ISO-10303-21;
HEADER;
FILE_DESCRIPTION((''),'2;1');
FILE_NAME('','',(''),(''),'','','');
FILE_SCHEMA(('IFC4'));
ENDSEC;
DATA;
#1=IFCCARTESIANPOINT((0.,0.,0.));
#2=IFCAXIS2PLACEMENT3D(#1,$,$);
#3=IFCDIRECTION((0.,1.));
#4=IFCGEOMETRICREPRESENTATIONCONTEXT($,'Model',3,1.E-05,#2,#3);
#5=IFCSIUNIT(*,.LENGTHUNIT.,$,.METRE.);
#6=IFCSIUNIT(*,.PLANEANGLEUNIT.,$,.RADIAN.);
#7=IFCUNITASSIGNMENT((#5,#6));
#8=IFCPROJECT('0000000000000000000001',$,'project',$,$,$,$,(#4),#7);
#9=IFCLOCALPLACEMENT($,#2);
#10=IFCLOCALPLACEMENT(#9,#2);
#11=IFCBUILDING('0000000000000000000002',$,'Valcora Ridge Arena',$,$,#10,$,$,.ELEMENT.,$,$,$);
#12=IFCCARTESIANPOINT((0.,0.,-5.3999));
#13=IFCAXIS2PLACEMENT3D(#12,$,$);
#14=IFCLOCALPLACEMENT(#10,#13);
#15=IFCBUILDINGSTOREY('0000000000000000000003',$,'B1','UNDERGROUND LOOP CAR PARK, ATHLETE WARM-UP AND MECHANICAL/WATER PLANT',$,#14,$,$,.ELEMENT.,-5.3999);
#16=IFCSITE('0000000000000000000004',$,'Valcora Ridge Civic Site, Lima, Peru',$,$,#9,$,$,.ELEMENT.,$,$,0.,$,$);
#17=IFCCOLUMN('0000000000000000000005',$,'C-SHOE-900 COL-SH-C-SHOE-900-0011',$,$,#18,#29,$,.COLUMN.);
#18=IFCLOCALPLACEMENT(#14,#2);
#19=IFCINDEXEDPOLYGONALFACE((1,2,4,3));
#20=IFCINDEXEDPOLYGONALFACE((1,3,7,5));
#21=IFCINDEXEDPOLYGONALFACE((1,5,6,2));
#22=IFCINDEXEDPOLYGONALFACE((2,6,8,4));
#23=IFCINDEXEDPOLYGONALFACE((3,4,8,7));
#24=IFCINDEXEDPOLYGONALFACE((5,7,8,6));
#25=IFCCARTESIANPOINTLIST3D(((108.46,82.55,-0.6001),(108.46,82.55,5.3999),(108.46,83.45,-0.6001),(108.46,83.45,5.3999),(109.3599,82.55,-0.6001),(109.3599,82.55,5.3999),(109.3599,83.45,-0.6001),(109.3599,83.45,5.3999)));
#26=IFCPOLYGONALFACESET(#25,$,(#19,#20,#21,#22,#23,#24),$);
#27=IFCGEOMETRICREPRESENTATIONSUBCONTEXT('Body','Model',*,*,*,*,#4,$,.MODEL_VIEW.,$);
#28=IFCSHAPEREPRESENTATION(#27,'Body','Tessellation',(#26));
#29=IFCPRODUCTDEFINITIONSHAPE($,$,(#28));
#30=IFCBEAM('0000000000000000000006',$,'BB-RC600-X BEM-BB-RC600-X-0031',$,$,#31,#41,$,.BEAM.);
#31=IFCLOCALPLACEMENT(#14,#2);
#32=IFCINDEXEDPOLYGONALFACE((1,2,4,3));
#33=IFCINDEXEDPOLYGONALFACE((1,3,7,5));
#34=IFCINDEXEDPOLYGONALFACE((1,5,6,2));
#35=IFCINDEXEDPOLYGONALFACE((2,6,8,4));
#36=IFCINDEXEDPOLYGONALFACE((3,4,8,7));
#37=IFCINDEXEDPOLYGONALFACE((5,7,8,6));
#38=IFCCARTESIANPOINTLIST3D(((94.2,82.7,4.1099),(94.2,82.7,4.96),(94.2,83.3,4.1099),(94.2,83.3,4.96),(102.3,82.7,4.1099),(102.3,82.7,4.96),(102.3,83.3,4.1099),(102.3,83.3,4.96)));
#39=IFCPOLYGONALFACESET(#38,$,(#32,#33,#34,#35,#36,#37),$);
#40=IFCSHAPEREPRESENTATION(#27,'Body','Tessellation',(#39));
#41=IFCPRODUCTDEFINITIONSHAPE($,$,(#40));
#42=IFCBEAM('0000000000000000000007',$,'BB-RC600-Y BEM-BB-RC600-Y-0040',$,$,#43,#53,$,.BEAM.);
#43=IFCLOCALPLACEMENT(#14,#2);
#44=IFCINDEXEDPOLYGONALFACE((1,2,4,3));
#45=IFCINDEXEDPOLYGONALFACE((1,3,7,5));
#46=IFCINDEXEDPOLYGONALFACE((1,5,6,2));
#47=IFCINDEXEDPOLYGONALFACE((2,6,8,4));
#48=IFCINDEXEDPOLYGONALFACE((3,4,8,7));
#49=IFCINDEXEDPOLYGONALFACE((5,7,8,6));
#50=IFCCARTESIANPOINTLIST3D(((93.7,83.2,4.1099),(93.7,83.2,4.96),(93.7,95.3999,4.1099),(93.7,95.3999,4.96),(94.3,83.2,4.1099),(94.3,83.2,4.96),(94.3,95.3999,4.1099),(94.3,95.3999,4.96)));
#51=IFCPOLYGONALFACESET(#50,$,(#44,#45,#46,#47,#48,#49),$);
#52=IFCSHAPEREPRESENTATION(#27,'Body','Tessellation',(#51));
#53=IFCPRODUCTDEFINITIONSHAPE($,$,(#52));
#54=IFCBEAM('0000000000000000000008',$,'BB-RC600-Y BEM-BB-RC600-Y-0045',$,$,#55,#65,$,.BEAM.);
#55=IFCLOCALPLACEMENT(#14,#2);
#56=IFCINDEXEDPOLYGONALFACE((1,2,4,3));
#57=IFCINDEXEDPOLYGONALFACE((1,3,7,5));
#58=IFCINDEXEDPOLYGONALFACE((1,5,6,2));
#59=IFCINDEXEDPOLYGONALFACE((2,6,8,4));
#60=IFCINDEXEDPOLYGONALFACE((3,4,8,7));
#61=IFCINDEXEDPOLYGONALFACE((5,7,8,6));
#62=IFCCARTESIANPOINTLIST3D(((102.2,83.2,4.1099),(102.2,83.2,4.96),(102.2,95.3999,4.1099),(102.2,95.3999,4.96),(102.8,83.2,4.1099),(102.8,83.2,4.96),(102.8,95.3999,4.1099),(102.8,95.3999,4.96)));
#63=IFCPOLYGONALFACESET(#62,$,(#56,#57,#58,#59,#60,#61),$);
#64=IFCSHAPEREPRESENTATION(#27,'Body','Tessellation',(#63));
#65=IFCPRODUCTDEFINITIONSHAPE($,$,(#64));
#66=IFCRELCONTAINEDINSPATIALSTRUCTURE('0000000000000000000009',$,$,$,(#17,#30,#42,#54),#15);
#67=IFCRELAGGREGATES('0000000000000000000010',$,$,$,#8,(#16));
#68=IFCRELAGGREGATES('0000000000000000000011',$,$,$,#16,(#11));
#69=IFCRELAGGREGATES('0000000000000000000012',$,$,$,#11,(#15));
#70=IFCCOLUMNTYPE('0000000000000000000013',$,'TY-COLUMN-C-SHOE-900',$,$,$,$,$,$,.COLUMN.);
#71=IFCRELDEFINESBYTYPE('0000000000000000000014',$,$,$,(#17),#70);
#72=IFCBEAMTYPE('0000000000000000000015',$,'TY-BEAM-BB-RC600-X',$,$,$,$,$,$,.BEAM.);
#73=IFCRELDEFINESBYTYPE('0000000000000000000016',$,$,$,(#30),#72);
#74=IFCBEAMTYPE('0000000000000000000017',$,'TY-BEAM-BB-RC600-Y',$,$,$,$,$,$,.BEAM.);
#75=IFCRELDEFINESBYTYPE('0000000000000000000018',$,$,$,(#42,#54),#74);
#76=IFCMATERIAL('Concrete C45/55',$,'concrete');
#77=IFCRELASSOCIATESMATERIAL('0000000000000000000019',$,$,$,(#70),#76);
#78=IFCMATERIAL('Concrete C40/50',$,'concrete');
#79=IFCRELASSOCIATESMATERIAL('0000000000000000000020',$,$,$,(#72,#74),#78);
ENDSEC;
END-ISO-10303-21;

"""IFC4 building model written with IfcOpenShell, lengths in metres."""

from ifc_helpers import new_model, si_unit, direction, frame, origin, origin_2d, place, context, subcontext, project, spatial, rectangle, extrude, material, material_profile, profile_set, type_object, element, save


model = new_model("IFC4")

# Units and contexts
model_context = context("Model", 3, precision=1e-05, world=origin(), true_north=direction((0.0, 1.0)))
body_context = subcontext(model_context, "Body", "Model", "MODEL_VIEW")
ifc_project = project(units=[si_unit("LENGTHUNIT", "METRE"), si_unit("PLANEANGLEUNIT", "RADIAN")], contexts=[model_context])

# Site, building, storey
site_placement = place(None, origin())
site = spatial("IfcSite", under=ifc_project, at=site_placement, Name="Valcora Ridge Civic Site, Lima, Peru", CompositionType="ELEMENT", RefElevation=0.0)
building_placement = place(site_placement, origin())
building = spatial("IfcBuilding", under=site, at=building_placement, Name="Valcora Ridge Arena", CompositionType="ELEMENT")
storey_placement = place(building_placement, frame((0.0, 0.0, -5.3999)))
storey = spatial("IfcBuildingStorey", under=building, at=storey_placement, Name="B1", Description="UNDERGROUND LOOP CAR PARK, ATHLETE WARM-UP AND MECHANICAL/WATER PLANT", CompositionType="ELEMENT", Elevation=-5.3999)

# Shared definitions
ifc_material_1 = material(Name="Concrete C40/50", Category="concrete")

# Column
ifc_material_2 = material(Name="Concrete C45/55", Category="concrete")
ifc_material_profile_1 = material_profile(ifc_material_2, rectangle(XDim=0.8999, YDim=0.8999, at=origin_2d()), Name="RC 900x900")
ifc_profile_set_1 = profile_set([ifc_material_profile_1], Name="Concrete C45/55")
column_type_1 = type_object("IfcColumnType", Name="TY-COLUMN-C-SHOE-900", PredefinedType="COLUMN", material=ifc_profile_set_1)
column_placement = place(storey_placement, frame((108.9099, 83.0, -0.6001), z_axis=(0.0, 0.0, 1.0), x_axis=(1.0, 0.0, 0.0)))
element("IfcColumn", 1, at=column_placement, inside=storey, type_object=column_type_1, Name="C-SHOE-900 COL-SH-C-SHOE-900-0011", PredefinedType="COLUMN", context=body_context, shape_type="SweptSolid", body=[
    extrude(rectangle(XDim=0.8999, YDim=0.8999, at=origin_2d()), origin(), (0.0, 0.0, 1.0), 6.0),
])

# Beams
ifc_material_profile_2 = material_profile(ifc_material_1, rectangle(XDim=0.6001, YDim=0.8501, at=origin_2d()), Name="RC 600x850")
ifc_profile_set_2 = profile_set([ifc_material_profile_2], Name="Concrete C40/50")
beam_type_1 = type_object("IfcBeamType", Name="TY-BEAM-BB-RC600-X", PredefinedType="BEAM", material=ifc_profile_set_2)
beam_placement = place(storey_placement, frame((94.2, 83.0, 4.5349), z_axis=(1.0, 0.0, 0.0), x_axis=(0.0, 1.0, 0.0)))
element("IfcBeam", 2, at=beam_placement, inside=storey, type_object=beam_type_1, Name="BB-RC600-X BEM-BB-RC600-X-0031", PredefinedType="BEAM", context=body_context, shape_type="SweptSolid", body=[
    extrude(rectangle(XDim=0.6001, YDim=0.8501, at=origin_2d()), origin(), (0.0, 0.0, 1.0), 8.1001),
])
ifc_material_profile_3 = material_profile(ifc_material_1, rectangle(XDim=0.6001, YDim=0.8501, at=origin_2d()), Name="RC 600x850")
ifc_profile_set_3 = profile_set([ifc_material_profile_3], Name="Concrete C40/50")
beam_type_2 = type_object("IfcBeamType", Name="TY-BEAM-BB-RC600-Y", PredefinedType="BEAM", material=ifc_profile_set_3)
for number, where, z_axis, x_axis, name in (
    (3, (94.0, 83.2, 4.5349), (0.0, 1.0, 0.0), (-1.0, 0.0, 0.0), "BB-RC600-Y BEM-BB-RC600-Y-0040"),
    (4, (102.5, 83.2, 4.5349), (0.0, 1.0, 0.0), (-1.0, 0.0, 0.0), "BB-RC600-Y BEM-BB-RC600-Y-0045"),
):
    element("IfcBeam", number, at=place(storey_placement, frame(where, z_axis=z_axis, x_axis=x_axis)), inside=storey, type_object=beam_type_2, Name=name, PredefinedType="BEAM", context=body_context, shape_type="SweptSolid", body=[
        extrude(rectangle(XDim=0.6001, YDim=0.8501, at=origin_2d()), origin(), (0.0, 0.0, 1.0), 12.2),
    ])

save(model, "model.ifc")
